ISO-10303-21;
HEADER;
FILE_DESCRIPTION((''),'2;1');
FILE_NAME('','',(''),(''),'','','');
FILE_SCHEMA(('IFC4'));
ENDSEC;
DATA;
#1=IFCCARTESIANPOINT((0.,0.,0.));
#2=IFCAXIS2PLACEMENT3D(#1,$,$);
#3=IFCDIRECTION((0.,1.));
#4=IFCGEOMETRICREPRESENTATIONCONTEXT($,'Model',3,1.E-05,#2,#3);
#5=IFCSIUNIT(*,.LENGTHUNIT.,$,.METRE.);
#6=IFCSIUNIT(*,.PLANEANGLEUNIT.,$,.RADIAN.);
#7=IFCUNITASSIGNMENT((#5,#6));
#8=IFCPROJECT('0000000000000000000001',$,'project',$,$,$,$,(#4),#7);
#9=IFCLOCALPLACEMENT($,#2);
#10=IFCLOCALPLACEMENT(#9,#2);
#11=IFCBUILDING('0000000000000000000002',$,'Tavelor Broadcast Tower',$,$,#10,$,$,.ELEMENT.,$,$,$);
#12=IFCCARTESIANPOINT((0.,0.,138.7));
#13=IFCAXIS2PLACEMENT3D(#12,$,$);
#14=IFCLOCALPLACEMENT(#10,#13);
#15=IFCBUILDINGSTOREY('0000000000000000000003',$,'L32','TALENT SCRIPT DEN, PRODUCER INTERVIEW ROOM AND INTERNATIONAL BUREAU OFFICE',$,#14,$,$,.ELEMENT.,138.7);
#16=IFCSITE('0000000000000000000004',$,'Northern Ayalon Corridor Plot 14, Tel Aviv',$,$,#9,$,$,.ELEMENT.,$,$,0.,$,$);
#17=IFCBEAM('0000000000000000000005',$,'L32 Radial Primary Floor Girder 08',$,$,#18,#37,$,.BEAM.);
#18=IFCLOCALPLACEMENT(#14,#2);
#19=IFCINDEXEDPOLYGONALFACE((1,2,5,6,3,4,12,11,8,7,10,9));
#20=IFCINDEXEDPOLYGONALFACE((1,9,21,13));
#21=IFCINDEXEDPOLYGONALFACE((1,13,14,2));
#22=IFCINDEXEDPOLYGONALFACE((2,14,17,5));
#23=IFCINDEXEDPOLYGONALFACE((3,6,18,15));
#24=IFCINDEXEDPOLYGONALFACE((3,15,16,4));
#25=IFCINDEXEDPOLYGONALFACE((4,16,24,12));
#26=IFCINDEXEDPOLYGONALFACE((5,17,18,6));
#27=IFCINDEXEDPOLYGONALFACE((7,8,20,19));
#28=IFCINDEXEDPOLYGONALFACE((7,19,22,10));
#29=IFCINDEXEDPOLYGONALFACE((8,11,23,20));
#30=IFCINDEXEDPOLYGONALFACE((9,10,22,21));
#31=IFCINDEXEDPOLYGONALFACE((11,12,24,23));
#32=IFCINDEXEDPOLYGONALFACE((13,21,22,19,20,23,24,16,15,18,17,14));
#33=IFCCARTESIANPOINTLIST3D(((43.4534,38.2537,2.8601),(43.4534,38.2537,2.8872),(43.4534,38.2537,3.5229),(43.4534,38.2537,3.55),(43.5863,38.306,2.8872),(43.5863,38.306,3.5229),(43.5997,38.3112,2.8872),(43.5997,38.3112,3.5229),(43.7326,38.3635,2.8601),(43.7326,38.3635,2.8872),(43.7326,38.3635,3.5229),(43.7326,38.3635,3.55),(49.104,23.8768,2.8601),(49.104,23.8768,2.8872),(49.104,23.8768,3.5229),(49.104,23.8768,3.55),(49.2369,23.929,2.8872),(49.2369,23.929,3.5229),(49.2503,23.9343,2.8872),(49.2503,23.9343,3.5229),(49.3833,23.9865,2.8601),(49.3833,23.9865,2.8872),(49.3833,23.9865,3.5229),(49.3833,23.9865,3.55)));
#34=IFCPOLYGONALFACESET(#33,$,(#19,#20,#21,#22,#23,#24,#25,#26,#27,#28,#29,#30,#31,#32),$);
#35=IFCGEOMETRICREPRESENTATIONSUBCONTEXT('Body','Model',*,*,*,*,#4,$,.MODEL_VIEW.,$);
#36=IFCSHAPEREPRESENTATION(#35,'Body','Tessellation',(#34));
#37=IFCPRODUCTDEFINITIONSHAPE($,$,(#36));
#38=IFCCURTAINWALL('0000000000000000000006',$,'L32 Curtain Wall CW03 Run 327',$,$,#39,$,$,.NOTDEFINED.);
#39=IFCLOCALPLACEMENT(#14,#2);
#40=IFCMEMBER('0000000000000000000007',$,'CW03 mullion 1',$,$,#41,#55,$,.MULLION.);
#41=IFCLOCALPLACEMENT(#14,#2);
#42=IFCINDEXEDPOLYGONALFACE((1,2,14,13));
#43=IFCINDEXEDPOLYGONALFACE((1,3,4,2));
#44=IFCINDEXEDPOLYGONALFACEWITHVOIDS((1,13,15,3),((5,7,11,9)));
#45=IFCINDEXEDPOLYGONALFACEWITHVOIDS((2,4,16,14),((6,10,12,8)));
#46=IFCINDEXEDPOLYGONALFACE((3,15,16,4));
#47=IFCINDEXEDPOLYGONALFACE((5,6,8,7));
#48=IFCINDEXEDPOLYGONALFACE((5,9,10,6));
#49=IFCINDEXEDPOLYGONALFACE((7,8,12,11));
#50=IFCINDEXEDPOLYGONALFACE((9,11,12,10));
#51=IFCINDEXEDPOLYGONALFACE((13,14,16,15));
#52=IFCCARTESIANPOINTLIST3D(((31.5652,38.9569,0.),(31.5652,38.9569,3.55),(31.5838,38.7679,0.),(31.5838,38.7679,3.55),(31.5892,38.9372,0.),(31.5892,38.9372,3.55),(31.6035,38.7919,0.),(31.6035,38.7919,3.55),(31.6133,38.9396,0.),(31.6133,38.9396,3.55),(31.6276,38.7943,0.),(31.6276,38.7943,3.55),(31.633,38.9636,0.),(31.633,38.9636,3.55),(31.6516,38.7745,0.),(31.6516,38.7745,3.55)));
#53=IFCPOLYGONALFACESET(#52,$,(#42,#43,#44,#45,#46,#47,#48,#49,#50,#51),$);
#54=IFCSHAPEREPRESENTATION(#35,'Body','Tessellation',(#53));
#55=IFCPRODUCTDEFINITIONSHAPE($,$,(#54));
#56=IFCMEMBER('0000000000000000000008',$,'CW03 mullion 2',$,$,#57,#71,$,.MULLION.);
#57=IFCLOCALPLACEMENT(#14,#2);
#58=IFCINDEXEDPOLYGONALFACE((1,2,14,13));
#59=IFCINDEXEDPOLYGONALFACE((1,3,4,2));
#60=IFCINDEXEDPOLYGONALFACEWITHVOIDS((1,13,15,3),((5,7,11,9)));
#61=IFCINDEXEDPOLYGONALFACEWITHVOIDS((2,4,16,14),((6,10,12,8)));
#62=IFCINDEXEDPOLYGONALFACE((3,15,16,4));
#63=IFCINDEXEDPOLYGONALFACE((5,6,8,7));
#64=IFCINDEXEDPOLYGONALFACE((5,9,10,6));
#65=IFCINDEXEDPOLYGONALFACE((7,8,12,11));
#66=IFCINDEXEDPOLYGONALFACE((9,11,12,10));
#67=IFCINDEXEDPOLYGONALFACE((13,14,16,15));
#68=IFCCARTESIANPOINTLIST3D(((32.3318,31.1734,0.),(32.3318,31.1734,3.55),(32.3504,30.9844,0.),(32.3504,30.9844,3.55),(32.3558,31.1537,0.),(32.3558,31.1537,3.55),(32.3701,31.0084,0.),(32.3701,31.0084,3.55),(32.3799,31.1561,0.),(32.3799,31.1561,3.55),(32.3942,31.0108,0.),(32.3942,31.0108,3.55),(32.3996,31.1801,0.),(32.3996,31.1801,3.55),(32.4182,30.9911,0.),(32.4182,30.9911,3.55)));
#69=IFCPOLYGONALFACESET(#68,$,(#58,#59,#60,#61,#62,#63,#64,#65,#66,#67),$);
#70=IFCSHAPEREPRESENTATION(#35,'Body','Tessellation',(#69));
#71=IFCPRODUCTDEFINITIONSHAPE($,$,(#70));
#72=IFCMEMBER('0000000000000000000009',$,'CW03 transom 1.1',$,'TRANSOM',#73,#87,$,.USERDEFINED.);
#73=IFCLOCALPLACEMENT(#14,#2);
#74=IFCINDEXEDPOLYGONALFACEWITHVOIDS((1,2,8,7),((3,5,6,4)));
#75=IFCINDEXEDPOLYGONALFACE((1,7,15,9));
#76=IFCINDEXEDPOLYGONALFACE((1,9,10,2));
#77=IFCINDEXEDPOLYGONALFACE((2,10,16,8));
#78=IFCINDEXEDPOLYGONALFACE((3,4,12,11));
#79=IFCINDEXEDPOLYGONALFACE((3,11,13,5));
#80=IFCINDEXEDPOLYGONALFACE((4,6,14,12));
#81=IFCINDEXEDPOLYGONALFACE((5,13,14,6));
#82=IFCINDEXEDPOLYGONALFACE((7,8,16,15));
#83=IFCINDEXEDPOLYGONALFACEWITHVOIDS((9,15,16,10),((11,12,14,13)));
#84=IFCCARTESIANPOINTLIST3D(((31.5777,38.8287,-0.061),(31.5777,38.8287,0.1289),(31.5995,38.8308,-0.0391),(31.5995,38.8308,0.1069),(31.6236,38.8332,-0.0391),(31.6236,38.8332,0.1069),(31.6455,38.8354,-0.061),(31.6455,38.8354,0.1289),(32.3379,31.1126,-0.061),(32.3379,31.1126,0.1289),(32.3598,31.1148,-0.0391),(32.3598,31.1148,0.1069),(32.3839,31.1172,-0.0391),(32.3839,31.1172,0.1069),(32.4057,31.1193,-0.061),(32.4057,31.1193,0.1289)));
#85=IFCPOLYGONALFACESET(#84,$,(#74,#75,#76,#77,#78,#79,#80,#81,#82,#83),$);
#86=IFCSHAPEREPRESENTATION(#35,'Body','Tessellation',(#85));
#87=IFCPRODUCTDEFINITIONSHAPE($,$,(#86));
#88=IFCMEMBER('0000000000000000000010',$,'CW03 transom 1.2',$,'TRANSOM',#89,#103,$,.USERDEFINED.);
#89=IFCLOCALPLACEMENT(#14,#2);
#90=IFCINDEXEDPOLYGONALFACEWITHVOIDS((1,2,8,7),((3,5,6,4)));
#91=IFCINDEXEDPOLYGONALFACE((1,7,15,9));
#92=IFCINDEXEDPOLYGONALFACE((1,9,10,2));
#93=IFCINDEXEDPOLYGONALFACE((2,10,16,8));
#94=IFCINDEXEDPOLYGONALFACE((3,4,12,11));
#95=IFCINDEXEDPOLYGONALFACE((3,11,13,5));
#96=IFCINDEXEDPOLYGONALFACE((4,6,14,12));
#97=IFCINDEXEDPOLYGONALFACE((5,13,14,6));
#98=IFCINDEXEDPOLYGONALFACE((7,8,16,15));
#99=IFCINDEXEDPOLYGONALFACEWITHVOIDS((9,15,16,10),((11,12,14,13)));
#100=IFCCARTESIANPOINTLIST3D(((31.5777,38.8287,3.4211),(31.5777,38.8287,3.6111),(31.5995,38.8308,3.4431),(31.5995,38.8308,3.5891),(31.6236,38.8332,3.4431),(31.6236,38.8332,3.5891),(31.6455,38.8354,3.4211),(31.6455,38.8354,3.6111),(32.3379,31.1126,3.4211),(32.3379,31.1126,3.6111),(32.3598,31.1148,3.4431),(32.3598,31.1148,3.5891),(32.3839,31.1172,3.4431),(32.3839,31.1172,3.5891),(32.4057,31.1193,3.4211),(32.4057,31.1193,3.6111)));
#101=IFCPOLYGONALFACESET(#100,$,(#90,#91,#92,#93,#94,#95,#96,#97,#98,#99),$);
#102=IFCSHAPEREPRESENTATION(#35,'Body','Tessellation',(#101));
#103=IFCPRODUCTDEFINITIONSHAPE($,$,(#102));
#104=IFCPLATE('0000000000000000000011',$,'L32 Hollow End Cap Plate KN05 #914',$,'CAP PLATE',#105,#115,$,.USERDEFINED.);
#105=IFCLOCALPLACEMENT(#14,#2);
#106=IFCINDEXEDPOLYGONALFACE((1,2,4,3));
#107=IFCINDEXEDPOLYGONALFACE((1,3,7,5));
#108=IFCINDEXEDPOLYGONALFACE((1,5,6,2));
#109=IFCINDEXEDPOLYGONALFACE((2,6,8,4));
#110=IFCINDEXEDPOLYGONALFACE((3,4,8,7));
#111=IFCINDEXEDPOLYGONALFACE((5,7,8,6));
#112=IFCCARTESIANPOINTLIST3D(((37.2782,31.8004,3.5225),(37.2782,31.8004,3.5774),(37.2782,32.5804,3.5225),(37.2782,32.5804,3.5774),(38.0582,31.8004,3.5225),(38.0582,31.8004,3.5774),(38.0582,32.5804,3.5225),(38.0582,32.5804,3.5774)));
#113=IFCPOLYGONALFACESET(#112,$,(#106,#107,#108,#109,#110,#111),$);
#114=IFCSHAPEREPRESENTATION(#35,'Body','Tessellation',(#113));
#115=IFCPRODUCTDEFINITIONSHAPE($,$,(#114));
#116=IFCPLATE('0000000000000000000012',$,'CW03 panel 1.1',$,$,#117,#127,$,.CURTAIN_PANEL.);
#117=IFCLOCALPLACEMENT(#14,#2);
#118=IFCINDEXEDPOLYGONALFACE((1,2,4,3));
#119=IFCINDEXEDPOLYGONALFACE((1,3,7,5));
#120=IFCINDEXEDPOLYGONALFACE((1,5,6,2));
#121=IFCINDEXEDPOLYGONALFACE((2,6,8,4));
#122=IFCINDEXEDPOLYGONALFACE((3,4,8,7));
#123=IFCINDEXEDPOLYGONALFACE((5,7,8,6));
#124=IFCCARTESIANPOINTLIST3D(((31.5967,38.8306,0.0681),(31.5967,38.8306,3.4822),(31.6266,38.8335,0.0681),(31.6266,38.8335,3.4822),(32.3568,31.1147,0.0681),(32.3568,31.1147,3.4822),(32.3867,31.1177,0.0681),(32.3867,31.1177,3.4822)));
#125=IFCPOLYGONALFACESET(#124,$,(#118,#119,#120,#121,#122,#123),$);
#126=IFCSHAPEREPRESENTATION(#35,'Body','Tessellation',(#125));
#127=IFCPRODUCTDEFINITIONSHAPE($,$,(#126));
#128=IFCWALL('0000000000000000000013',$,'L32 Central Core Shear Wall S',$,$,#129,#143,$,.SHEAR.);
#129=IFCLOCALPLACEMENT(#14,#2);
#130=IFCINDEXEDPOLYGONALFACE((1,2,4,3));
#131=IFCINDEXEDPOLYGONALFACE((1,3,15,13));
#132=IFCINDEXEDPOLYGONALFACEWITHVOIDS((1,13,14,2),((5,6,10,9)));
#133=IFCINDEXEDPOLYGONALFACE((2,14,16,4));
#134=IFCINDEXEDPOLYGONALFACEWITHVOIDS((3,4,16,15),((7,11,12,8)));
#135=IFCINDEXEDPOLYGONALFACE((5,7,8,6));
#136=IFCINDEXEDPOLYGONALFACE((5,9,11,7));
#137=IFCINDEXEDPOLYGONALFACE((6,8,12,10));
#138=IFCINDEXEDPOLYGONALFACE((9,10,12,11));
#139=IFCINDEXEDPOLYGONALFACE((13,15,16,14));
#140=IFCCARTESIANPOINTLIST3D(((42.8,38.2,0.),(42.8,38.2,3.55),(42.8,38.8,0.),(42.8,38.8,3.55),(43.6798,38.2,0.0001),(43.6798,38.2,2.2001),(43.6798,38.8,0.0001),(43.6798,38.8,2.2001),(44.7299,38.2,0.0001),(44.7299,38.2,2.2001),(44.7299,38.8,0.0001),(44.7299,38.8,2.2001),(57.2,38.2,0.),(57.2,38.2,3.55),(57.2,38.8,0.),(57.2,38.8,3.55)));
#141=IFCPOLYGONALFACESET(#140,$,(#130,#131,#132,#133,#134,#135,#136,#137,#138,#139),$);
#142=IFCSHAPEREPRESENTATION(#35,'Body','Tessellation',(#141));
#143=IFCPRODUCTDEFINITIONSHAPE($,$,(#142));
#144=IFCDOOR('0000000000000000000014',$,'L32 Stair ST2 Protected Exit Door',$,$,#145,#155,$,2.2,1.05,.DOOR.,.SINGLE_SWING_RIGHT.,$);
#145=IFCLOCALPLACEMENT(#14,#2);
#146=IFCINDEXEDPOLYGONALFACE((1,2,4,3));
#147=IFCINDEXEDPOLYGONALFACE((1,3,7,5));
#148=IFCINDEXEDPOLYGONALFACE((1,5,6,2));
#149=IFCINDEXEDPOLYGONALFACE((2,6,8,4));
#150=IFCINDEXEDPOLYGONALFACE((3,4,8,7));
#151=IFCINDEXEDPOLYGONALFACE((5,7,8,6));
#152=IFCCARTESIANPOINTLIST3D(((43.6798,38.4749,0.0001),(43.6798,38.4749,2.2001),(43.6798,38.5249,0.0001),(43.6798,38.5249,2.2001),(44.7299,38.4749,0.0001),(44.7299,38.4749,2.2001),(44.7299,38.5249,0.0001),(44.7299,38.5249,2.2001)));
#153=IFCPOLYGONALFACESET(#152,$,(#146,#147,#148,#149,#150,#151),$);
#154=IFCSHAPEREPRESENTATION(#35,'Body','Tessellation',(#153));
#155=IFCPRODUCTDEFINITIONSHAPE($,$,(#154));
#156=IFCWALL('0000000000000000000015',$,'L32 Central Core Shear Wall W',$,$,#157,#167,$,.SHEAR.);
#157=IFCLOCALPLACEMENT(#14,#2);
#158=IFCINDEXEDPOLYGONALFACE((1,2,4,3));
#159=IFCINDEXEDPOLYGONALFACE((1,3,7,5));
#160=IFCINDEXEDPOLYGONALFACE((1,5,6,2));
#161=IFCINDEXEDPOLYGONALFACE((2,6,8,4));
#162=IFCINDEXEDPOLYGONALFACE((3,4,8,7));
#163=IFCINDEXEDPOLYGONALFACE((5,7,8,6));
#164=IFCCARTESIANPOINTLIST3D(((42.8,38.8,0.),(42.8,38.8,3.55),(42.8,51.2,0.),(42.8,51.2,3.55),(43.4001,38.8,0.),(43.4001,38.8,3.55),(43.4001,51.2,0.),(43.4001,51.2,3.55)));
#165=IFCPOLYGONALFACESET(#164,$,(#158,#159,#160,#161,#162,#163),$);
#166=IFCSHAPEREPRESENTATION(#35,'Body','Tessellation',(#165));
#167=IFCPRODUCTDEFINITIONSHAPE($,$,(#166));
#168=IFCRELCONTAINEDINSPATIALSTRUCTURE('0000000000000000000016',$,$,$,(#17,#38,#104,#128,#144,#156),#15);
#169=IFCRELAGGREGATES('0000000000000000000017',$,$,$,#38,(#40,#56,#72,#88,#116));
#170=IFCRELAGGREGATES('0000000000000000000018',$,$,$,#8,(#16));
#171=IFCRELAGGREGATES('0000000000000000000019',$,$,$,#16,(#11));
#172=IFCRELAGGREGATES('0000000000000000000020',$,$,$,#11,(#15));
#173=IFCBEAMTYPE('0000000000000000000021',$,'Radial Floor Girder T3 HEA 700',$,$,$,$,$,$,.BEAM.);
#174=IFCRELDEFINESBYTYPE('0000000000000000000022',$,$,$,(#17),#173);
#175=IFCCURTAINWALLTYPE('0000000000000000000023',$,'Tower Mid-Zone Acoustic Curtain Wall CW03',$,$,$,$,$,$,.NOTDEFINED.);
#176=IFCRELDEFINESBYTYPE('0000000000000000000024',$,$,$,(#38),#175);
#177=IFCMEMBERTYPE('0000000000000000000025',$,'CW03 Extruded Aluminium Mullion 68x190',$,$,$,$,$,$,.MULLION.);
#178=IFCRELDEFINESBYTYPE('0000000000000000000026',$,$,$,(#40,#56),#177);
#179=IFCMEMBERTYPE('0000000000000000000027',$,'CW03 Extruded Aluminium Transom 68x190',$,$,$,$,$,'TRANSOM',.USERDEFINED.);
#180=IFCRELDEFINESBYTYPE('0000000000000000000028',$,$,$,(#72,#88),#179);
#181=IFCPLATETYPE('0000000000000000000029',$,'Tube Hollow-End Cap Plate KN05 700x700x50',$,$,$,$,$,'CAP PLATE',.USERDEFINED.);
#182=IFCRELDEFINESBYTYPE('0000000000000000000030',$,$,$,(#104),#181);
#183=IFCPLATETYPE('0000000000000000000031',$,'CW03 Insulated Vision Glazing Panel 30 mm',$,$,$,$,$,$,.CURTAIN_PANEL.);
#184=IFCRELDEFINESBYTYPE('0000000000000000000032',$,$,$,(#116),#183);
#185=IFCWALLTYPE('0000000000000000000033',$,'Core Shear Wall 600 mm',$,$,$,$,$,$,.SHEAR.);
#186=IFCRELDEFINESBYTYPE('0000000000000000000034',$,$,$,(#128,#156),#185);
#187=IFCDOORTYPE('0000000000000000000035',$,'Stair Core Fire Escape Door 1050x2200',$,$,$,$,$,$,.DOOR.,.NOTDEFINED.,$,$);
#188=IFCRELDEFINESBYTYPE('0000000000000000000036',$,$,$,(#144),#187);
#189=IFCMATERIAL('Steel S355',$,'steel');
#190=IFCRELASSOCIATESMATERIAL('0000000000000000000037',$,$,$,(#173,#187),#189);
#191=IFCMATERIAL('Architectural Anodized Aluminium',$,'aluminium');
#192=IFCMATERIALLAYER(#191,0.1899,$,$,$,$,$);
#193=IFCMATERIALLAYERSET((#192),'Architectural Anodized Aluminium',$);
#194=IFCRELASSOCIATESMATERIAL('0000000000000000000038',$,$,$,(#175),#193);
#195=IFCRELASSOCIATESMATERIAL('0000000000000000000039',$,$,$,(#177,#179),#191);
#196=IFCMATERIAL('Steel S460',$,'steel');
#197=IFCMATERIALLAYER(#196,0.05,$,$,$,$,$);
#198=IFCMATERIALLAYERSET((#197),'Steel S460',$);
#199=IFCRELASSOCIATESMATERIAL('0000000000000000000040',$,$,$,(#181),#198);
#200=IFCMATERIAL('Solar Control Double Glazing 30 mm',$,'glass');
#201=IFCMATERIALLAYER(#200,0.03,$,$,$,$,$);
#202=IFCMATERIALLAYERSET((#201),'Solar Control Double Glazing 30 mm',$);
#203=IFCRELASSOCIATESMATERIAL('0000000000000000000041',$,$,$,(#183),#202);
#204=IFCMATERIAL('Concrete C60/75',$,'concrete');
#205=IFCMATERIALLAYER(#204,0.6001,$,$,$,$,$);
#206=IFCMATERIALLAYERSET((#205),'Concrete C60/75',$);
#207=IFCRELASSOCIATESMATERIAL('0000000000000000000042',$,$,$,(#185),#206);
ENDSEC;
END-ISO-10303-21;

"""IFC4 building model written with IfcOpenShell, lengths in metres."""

from ifc_helpers import new_model, si_unit, direction, frame, frame_2d, origin, origin_2d, place, context, subcontext, project, spatial, rectangle, hollow_rectangle, i_section, extrude, source, transform, mapped, material, layer, layer_set, material_profile, profile_set, type_object, type_shapes, element, fill, aggregate, save


model = new_model("IFC4")

# Units and contexts
model_context = context("Model", 3, precision=1e-05, world=origin(), true_north=direction((0.0, 1.0)))
body_context = subcontext(model_context, "Body", "Model", "MODEL_VIEW")
ifc_project = project(units=[si_unit("LENGTHUNIT", "METRE"), si_unit("PLANEANGLEUNIT", "RADIAN")], contexts=[model_context])

# Site, building, storey
site_placement = place(None, origin())
site = spatial("IfcSite", under=ifc_project, at=site_placement, Name="Northern Ayalon Corridor Plot 14, Tel Aviv", CompositionType="ELEMENT", RefElevation=0.0)
building_placement = place(site_placement, origin())
building = spatial("IfcBuilding", under=site, at=building_placement, Name="Tavelor Broadcast Tower", CompositionType="ELEMENT")
storey_placement = place(building_placement, frame((0.0, 0.0, 138.7)))
storey = spatial("IfcBuildingStorey", under=building, at=storey_placement, Name="L32", Description="TALENT SCRIPT DEN, PRODUCER INTERVIEW ROOM AND INTERNATIONAL BUREAU OFFICE", CompositionType="ELEMENT", Elevation=138.7)

# Shared definitions
ifc_material_1 = material(Name="Steel S460", Category="steel")

# Beam
ifc_material_2 = material(Name="Steel S355", Category="steel")
ifc_material_profile_1 = material_profile(ifc_material_2, i_section(OverallWidth=0.3, OverallDepth=0.6899, WebThickness=0.0144, FlangeThickness=0.0271, at=origin_2d()), Name="HEA 700")
ifc_profile_set_1 = profile_set([ifc_material_profile_1], Name="Steel S355")
beam_type_1 = type_object("IfcBeamType", Name="Radial Floor Girder T3 HEA 700", PredefinedType="BEAM", material=ifc_profile_set_1)
beam_1_placement = place(storey_placement, frame((43.593, 38.3086, 3.2051), z_axis=(0.365795, -0.930695, 0.0), x_axis=(0.930695, 0.365795, 0.0)))
element("IfcBeam", 1, at=beam_1_placement, inside=storey, type_object=beam_type_1, Name="L32 Radial Primary Floor Girder 08", PredefinedType="BEAM", context=body_context, shape_type="SweptSolid", body=[
    extrude(i_section(OverallWidth=0.3, OverallDepth=0.6899, WebThickness=0.0144, FlangeThickness=0.0271, at=origin_2d()), origin(), (0.0, 0.0, 1.0), 15.4475),
])

# Curtain wall, members
ifc_material_3 = material(Name="Architectural Anodized Aluminium", Category="aluminium")
ifc_layer_1 = layer(ifc_material_3, 0.1899)
ifc_layer_set_1 = layer_set([ifc_layer_1], Name="Architectural Anodized Aluminium")
curtain_wall_type = type_object("IfcCurtainWallType", Name="Tower Mid-Zone Acoustic Curtain Wall CW03", PredefinedType="NOTDEFINED", material=ifc_layer_set_1)
curtain_wall_placement = place(storey_placement, origin())
curtain_wall = element("IfcCurtainWall", 2, at=curtain_wall_placement, inside=storey, type_object=curtain_wall_type, Name="L32 Curtain Wall CW03 Run 327", PredefinedType="NOTDEFINED")
ifc_material_profile_2 = material_profile(ifc_material_3, hollow_rectangle(XDim=0.0681, YDim=0.1899, WallThickness=0.022, at=origin_2d()), Name="RHS 68x190x22")
ifc_profile_set_2 = profile_set([ifc_material_profile_2], Name="Architectural Anodized Aluminium")
member_type_1 = type_object("IfcMemberType", Name="CW03 Extruded Aluminium Mullion 68x190", PredefinedType="MULLION", material=ifc_profile_set_2)
shared_shape_1 = source(origin(), body_context, "Body", "SweptSolid", [
    extrude(hollow_rectangle(XDim=0.0681, YDim=0.1899, WallThickness=0.022, at=origin_2d()), origin(), (0.0, 0.0, 1.0), 3.55),
])
type_shapes(member_type_1, [shared_shape_1])
member_1_placement = place(storey_placement, frame((31.6084, 38.8657, 0.0), z_axis=(0.0, 0.0, 1.0), x_axis=(0.995183, 0.098033, 0.0)))
member_1 = element("IfcMember", 3, at=member_1_placement, type_object=member_type_1, Name="CW03 mullion 1", PredefinedType="MULLION", context=body_context, shape_type="MappedRepresentation", body=[
    mapped(shared_shape_1, transform((0.0, 0.0, 0.0), scale=1.0)),
])
member_2_placement = place(storey_placement, frame((32.375, 31.0823, 0.0), z_axis=(0.0, 0.0, 1.0), x_axis=(0.995183, 0.098033, 0.0)))
member_2 = element("IfcMember", 4, at=member_2_placement, type_object=member_type_1, Name="CW03 mullion 2", PredefinedType="MULLION", context=body_context, shape_type="MappedRepresentation", body=[
    mapped(shared_shape_1, transform((0.0, 0.0, 0.0), scale=1.0)),
])
ifc_material_profile_3 = material_profile(ifc_material_3, hollow_rectangle(XDim=0.0681, YDim=0.1899, WallThickness=0.022, at=origin_2d()), Name="RHS 68x190x22")
ifc_profile_set_3 = profile_set([ifc_material_profile_3], Name="Architectural Anodized Aluminium")
member_type_2 = type_object("IfcMemberType", Name="CW03 Extruded Aluminium Transom 68x190", ElementType="TRANSOM", PredefinedType="USERDEFINED", material=ifc_profile_set_3)
shared_shape_2 = source(origin(), body_context, "Body", "SweptSolid", [
    extrude(hollow_rectangle(XDim=0.0681, YDim=0.1899, WallThickness=0.022, at=origin_2d()), origin(), (0.0, 0.0, 1.0), 7.7534),
])
type_shapes(member_type_2, [shared_shape_2])
member_3_placement = place(storey_placement, frame((31.6116, 38.832, 0.0339), z_axis=(0.098054, -0.995181, 0.0), x_axis=(0.995181, 0.098054, 0.0)))
member_3 = element("IfcMember", 5, at=member_3_placement, type_object=member_type_2, Name="CW03 transom 1.1", ObjectType="TRANSOM", PredefinedType="USERDEFINED", context=body_context, shape_type="MappedRepresentation", body=[
    mapped(shared_shape_2, transform((0.0, 0.0, 0.0), scale=1.0)),
])
member_4_placement = place(storey_placement, frame((31.6116, 38.832, 3.5161), z_axis=(0.098054, -0.995181, 0.0), x_axis=(0.995181, 0.098054, 0.0)))
member_4 = element("IfcMember", 6, at=member_4_placement, type_object=member_type_2, Name="CW03 transom 1.2", ObjectType="TRANSOM", PredefinedType="USERDEFINED", context=body_context, shape_type="MappedRepresentation", body=[
    mapped(shared_shape_2, transform((0.0, 0.0, 0.0), scale=1.0)),
])

# Plates
ifc_layer_2 = layer(ifc_material_1, 0.05)
ifc_layer_set_2 = layer_set([ifc_layer_2], Name="Steel S460")
plate_type_1 = type_object("IfcPlateType", Name="Tube Hollow-End Cap Plate KN05 700x700x50", ElementType="CAP PLATE", PredefinedType="USERDEFINED", material=ifc_layer_set_2)
shared_shape_3 = source(origin(), body_context, "Body", "SweptSolid", [
    extrude(rectangle(XDim=0.78, YDim=0.78, at=origin_2d()), origin(), (0.0, 0.0, 1.0), 0.0549),
])
type_shapes(plate_type_1, [shared_shape_3])
plate_1_placement = place(storey_placement, frame((37.6682, 32.1904, 3.5225), z_axis=(0.0, 0.0, 1.0), x_axis=(1.0, 0.0, 0.0)))
element("IfcPlate", 7, at=plate_1_placement, inside=storey, type_object=plate_type_1, Name="L32 Hollow End Cap Plate KN05 #914", ObjectType="CAP PLATE", PredefinedType="USERDEFINED", context=body_context, shape_type="MappedRepresentation", body=[
    mapped(shared_shape_3, transform((0.0, 0.0, 0.0), scale=1.0)),
])
ifc_material_4 = material(Name="Solar Control Double Glazing 30 mm", Category="glass")
ifc_layer_3 = layer(ifc_material_4, 0.03)
ifc_layer_set_3 = layer_set([ifc_layer_3], Name="Solar Control Double Glazing 30 mm")
plate_type_2 = type_object("IfcPlateType", Name="CW03 Insulated Vision Glazing Panel 30 mm", PredefinedType="CURTAIN_PANEL", material=ifc_layer_set_3)
shared_shape_4 = source(origin(), body_context, "Body", "SweptSolid", [
    extrude(rectangle(XDim=7.7532, YDim=0.03, at=origin_2d()), origin(), (0.0, 0.0, 1.0), 3.4141),
])
type_shapes(plate_type_2, [shared_shape_4])
plate_2_placement = place(storey_placement, frame((31.9917, 34.9741, 0.0681), z_axis=(0.0, 0.0, 1.0), x_axis=(0.098033, -0.995183, 0.0)))
plate_2 = element("IfcPlate", 8, at=plate_2_placement, type_object=plate_type_2, Name="CW03 panel 1.1", PredefinedType="CURTAIN_PANEL", context=body_context, shape_type="MappedRepresentation", body=[
    mapped(shared_shape_4, transform((0.0, 0.0, 0.0), scale=1.0)),
])
aggregate(curtain_wall, [member_1, member_2, member_3, member_4, plate_2])

# Wall, opening, door
ifc_material_5 = material(Name="Concrete C60/75", Category="concrete")
ifc_layer_4 = layer(ifc_material_5, 0.6001)
ifc_layer_set_4 = layer_set([ifc_layer_4], Name="Concrete C60/75")
wall_type_1 = type_object("IfcWallType", Name="Core Shear Wall 600 mm", PredefinedType="SHEAR", material=ifc_layer_set_4)
wall_1_placement = place(storey_placement, frame((42.8, 38.5, 0.0), z_axis=(0.0, 0.0, 1.0), x_axis=(1.0, 0.0, 0.0)))
wall_1 = element("IfcWall", 9, at=wall_1_placement, inside=storey, type_object=wall_type_1, Name="L32 Central Core Shear Wall S", PredefinedType="SHEAR", context=body_context, shape_type="SweptSolid", body=[
    extrude(rectangle(XDim=14.3999, YDim=0.6001, at=frame_2d((7.2, 0.0))), origin(), (0.0, 0.0, 1.0), 3.55),
])
opening_1_placement = place(wall_1_placement, frame((0.8799, 0.0, 0.0)))
opening_1 = element("IfcOpeningElement", 10, at=opening_1_placement, cuts=wall_1, PredefinedType="OPENING", context=body_context, shape_type="SweptSolid", body=[
    extrude(rectangle(XDim=1.05, YDim=2.2, at=frame_2d((0.5249, 1.1001))), frame((0.0, 0.3101, 0.0), z_axis=(0.0, -1.0, 0.0), x_axis=(1.0, 0.0, 0.0)), (0.0, 0.0, 1.0), 0.6201),
])
door_type_1 = type_object("IfcDoorType", Name="Stair Core Fire Escape Door 1050x2200", OperationType="NOTDEFINED", PredefinedType="DOOR", material=ifc_material_2)
door_1_placement = place(opening_1_placement, origin())
door_1 = element("IfcDoor", 11, at=door_1_placement, inside=storey, type_object=door_type_1, Name="L32 Stair ST2 Protected Exit Door", OperationType="SINGLE_SWING_RIGHT", OverallHeight=2.2, OverallWidth=1.05, PredefinedType="DOOR", context=body_context, shape_type="SweptSolid", body=[
    extrude(rectangle(XDim=1.05, YDim=2.2, at=frame_2d((0.5249, 1.1001))), frame((0.0, 0.0249, 0.0), z_axis=(0.0, -1.0, 0.0), x_axis=(1.0, 0.0, 0.0)), (0.0, 0.0, 1.0), 0.05),
])
fill(opening_1, door_1)

# Wall
wall_2_placement = place(storey_placement, frame((43.1001, 38.8, 0.0), z_axis=(0.0, 0.0, 1.0), x_axis=(0.0, 1.0, 0.0)))
element("IfcWall", 12, at=wall_2_placement, inside=storey, type_object=wall_type_1, Name="L32 Central Core Shear Wall W", PredefinedType="SHEAR", context=body_context, shape_type="SweptSolid", body=[
    extrude(rectangle(XDim=12.3999, YDim=0.6001, at=frame_2d((6.2, 0.0))), origin(), (0.0, 0.0, 1.0), 3.55),
])

save(model, "model.ifc")
